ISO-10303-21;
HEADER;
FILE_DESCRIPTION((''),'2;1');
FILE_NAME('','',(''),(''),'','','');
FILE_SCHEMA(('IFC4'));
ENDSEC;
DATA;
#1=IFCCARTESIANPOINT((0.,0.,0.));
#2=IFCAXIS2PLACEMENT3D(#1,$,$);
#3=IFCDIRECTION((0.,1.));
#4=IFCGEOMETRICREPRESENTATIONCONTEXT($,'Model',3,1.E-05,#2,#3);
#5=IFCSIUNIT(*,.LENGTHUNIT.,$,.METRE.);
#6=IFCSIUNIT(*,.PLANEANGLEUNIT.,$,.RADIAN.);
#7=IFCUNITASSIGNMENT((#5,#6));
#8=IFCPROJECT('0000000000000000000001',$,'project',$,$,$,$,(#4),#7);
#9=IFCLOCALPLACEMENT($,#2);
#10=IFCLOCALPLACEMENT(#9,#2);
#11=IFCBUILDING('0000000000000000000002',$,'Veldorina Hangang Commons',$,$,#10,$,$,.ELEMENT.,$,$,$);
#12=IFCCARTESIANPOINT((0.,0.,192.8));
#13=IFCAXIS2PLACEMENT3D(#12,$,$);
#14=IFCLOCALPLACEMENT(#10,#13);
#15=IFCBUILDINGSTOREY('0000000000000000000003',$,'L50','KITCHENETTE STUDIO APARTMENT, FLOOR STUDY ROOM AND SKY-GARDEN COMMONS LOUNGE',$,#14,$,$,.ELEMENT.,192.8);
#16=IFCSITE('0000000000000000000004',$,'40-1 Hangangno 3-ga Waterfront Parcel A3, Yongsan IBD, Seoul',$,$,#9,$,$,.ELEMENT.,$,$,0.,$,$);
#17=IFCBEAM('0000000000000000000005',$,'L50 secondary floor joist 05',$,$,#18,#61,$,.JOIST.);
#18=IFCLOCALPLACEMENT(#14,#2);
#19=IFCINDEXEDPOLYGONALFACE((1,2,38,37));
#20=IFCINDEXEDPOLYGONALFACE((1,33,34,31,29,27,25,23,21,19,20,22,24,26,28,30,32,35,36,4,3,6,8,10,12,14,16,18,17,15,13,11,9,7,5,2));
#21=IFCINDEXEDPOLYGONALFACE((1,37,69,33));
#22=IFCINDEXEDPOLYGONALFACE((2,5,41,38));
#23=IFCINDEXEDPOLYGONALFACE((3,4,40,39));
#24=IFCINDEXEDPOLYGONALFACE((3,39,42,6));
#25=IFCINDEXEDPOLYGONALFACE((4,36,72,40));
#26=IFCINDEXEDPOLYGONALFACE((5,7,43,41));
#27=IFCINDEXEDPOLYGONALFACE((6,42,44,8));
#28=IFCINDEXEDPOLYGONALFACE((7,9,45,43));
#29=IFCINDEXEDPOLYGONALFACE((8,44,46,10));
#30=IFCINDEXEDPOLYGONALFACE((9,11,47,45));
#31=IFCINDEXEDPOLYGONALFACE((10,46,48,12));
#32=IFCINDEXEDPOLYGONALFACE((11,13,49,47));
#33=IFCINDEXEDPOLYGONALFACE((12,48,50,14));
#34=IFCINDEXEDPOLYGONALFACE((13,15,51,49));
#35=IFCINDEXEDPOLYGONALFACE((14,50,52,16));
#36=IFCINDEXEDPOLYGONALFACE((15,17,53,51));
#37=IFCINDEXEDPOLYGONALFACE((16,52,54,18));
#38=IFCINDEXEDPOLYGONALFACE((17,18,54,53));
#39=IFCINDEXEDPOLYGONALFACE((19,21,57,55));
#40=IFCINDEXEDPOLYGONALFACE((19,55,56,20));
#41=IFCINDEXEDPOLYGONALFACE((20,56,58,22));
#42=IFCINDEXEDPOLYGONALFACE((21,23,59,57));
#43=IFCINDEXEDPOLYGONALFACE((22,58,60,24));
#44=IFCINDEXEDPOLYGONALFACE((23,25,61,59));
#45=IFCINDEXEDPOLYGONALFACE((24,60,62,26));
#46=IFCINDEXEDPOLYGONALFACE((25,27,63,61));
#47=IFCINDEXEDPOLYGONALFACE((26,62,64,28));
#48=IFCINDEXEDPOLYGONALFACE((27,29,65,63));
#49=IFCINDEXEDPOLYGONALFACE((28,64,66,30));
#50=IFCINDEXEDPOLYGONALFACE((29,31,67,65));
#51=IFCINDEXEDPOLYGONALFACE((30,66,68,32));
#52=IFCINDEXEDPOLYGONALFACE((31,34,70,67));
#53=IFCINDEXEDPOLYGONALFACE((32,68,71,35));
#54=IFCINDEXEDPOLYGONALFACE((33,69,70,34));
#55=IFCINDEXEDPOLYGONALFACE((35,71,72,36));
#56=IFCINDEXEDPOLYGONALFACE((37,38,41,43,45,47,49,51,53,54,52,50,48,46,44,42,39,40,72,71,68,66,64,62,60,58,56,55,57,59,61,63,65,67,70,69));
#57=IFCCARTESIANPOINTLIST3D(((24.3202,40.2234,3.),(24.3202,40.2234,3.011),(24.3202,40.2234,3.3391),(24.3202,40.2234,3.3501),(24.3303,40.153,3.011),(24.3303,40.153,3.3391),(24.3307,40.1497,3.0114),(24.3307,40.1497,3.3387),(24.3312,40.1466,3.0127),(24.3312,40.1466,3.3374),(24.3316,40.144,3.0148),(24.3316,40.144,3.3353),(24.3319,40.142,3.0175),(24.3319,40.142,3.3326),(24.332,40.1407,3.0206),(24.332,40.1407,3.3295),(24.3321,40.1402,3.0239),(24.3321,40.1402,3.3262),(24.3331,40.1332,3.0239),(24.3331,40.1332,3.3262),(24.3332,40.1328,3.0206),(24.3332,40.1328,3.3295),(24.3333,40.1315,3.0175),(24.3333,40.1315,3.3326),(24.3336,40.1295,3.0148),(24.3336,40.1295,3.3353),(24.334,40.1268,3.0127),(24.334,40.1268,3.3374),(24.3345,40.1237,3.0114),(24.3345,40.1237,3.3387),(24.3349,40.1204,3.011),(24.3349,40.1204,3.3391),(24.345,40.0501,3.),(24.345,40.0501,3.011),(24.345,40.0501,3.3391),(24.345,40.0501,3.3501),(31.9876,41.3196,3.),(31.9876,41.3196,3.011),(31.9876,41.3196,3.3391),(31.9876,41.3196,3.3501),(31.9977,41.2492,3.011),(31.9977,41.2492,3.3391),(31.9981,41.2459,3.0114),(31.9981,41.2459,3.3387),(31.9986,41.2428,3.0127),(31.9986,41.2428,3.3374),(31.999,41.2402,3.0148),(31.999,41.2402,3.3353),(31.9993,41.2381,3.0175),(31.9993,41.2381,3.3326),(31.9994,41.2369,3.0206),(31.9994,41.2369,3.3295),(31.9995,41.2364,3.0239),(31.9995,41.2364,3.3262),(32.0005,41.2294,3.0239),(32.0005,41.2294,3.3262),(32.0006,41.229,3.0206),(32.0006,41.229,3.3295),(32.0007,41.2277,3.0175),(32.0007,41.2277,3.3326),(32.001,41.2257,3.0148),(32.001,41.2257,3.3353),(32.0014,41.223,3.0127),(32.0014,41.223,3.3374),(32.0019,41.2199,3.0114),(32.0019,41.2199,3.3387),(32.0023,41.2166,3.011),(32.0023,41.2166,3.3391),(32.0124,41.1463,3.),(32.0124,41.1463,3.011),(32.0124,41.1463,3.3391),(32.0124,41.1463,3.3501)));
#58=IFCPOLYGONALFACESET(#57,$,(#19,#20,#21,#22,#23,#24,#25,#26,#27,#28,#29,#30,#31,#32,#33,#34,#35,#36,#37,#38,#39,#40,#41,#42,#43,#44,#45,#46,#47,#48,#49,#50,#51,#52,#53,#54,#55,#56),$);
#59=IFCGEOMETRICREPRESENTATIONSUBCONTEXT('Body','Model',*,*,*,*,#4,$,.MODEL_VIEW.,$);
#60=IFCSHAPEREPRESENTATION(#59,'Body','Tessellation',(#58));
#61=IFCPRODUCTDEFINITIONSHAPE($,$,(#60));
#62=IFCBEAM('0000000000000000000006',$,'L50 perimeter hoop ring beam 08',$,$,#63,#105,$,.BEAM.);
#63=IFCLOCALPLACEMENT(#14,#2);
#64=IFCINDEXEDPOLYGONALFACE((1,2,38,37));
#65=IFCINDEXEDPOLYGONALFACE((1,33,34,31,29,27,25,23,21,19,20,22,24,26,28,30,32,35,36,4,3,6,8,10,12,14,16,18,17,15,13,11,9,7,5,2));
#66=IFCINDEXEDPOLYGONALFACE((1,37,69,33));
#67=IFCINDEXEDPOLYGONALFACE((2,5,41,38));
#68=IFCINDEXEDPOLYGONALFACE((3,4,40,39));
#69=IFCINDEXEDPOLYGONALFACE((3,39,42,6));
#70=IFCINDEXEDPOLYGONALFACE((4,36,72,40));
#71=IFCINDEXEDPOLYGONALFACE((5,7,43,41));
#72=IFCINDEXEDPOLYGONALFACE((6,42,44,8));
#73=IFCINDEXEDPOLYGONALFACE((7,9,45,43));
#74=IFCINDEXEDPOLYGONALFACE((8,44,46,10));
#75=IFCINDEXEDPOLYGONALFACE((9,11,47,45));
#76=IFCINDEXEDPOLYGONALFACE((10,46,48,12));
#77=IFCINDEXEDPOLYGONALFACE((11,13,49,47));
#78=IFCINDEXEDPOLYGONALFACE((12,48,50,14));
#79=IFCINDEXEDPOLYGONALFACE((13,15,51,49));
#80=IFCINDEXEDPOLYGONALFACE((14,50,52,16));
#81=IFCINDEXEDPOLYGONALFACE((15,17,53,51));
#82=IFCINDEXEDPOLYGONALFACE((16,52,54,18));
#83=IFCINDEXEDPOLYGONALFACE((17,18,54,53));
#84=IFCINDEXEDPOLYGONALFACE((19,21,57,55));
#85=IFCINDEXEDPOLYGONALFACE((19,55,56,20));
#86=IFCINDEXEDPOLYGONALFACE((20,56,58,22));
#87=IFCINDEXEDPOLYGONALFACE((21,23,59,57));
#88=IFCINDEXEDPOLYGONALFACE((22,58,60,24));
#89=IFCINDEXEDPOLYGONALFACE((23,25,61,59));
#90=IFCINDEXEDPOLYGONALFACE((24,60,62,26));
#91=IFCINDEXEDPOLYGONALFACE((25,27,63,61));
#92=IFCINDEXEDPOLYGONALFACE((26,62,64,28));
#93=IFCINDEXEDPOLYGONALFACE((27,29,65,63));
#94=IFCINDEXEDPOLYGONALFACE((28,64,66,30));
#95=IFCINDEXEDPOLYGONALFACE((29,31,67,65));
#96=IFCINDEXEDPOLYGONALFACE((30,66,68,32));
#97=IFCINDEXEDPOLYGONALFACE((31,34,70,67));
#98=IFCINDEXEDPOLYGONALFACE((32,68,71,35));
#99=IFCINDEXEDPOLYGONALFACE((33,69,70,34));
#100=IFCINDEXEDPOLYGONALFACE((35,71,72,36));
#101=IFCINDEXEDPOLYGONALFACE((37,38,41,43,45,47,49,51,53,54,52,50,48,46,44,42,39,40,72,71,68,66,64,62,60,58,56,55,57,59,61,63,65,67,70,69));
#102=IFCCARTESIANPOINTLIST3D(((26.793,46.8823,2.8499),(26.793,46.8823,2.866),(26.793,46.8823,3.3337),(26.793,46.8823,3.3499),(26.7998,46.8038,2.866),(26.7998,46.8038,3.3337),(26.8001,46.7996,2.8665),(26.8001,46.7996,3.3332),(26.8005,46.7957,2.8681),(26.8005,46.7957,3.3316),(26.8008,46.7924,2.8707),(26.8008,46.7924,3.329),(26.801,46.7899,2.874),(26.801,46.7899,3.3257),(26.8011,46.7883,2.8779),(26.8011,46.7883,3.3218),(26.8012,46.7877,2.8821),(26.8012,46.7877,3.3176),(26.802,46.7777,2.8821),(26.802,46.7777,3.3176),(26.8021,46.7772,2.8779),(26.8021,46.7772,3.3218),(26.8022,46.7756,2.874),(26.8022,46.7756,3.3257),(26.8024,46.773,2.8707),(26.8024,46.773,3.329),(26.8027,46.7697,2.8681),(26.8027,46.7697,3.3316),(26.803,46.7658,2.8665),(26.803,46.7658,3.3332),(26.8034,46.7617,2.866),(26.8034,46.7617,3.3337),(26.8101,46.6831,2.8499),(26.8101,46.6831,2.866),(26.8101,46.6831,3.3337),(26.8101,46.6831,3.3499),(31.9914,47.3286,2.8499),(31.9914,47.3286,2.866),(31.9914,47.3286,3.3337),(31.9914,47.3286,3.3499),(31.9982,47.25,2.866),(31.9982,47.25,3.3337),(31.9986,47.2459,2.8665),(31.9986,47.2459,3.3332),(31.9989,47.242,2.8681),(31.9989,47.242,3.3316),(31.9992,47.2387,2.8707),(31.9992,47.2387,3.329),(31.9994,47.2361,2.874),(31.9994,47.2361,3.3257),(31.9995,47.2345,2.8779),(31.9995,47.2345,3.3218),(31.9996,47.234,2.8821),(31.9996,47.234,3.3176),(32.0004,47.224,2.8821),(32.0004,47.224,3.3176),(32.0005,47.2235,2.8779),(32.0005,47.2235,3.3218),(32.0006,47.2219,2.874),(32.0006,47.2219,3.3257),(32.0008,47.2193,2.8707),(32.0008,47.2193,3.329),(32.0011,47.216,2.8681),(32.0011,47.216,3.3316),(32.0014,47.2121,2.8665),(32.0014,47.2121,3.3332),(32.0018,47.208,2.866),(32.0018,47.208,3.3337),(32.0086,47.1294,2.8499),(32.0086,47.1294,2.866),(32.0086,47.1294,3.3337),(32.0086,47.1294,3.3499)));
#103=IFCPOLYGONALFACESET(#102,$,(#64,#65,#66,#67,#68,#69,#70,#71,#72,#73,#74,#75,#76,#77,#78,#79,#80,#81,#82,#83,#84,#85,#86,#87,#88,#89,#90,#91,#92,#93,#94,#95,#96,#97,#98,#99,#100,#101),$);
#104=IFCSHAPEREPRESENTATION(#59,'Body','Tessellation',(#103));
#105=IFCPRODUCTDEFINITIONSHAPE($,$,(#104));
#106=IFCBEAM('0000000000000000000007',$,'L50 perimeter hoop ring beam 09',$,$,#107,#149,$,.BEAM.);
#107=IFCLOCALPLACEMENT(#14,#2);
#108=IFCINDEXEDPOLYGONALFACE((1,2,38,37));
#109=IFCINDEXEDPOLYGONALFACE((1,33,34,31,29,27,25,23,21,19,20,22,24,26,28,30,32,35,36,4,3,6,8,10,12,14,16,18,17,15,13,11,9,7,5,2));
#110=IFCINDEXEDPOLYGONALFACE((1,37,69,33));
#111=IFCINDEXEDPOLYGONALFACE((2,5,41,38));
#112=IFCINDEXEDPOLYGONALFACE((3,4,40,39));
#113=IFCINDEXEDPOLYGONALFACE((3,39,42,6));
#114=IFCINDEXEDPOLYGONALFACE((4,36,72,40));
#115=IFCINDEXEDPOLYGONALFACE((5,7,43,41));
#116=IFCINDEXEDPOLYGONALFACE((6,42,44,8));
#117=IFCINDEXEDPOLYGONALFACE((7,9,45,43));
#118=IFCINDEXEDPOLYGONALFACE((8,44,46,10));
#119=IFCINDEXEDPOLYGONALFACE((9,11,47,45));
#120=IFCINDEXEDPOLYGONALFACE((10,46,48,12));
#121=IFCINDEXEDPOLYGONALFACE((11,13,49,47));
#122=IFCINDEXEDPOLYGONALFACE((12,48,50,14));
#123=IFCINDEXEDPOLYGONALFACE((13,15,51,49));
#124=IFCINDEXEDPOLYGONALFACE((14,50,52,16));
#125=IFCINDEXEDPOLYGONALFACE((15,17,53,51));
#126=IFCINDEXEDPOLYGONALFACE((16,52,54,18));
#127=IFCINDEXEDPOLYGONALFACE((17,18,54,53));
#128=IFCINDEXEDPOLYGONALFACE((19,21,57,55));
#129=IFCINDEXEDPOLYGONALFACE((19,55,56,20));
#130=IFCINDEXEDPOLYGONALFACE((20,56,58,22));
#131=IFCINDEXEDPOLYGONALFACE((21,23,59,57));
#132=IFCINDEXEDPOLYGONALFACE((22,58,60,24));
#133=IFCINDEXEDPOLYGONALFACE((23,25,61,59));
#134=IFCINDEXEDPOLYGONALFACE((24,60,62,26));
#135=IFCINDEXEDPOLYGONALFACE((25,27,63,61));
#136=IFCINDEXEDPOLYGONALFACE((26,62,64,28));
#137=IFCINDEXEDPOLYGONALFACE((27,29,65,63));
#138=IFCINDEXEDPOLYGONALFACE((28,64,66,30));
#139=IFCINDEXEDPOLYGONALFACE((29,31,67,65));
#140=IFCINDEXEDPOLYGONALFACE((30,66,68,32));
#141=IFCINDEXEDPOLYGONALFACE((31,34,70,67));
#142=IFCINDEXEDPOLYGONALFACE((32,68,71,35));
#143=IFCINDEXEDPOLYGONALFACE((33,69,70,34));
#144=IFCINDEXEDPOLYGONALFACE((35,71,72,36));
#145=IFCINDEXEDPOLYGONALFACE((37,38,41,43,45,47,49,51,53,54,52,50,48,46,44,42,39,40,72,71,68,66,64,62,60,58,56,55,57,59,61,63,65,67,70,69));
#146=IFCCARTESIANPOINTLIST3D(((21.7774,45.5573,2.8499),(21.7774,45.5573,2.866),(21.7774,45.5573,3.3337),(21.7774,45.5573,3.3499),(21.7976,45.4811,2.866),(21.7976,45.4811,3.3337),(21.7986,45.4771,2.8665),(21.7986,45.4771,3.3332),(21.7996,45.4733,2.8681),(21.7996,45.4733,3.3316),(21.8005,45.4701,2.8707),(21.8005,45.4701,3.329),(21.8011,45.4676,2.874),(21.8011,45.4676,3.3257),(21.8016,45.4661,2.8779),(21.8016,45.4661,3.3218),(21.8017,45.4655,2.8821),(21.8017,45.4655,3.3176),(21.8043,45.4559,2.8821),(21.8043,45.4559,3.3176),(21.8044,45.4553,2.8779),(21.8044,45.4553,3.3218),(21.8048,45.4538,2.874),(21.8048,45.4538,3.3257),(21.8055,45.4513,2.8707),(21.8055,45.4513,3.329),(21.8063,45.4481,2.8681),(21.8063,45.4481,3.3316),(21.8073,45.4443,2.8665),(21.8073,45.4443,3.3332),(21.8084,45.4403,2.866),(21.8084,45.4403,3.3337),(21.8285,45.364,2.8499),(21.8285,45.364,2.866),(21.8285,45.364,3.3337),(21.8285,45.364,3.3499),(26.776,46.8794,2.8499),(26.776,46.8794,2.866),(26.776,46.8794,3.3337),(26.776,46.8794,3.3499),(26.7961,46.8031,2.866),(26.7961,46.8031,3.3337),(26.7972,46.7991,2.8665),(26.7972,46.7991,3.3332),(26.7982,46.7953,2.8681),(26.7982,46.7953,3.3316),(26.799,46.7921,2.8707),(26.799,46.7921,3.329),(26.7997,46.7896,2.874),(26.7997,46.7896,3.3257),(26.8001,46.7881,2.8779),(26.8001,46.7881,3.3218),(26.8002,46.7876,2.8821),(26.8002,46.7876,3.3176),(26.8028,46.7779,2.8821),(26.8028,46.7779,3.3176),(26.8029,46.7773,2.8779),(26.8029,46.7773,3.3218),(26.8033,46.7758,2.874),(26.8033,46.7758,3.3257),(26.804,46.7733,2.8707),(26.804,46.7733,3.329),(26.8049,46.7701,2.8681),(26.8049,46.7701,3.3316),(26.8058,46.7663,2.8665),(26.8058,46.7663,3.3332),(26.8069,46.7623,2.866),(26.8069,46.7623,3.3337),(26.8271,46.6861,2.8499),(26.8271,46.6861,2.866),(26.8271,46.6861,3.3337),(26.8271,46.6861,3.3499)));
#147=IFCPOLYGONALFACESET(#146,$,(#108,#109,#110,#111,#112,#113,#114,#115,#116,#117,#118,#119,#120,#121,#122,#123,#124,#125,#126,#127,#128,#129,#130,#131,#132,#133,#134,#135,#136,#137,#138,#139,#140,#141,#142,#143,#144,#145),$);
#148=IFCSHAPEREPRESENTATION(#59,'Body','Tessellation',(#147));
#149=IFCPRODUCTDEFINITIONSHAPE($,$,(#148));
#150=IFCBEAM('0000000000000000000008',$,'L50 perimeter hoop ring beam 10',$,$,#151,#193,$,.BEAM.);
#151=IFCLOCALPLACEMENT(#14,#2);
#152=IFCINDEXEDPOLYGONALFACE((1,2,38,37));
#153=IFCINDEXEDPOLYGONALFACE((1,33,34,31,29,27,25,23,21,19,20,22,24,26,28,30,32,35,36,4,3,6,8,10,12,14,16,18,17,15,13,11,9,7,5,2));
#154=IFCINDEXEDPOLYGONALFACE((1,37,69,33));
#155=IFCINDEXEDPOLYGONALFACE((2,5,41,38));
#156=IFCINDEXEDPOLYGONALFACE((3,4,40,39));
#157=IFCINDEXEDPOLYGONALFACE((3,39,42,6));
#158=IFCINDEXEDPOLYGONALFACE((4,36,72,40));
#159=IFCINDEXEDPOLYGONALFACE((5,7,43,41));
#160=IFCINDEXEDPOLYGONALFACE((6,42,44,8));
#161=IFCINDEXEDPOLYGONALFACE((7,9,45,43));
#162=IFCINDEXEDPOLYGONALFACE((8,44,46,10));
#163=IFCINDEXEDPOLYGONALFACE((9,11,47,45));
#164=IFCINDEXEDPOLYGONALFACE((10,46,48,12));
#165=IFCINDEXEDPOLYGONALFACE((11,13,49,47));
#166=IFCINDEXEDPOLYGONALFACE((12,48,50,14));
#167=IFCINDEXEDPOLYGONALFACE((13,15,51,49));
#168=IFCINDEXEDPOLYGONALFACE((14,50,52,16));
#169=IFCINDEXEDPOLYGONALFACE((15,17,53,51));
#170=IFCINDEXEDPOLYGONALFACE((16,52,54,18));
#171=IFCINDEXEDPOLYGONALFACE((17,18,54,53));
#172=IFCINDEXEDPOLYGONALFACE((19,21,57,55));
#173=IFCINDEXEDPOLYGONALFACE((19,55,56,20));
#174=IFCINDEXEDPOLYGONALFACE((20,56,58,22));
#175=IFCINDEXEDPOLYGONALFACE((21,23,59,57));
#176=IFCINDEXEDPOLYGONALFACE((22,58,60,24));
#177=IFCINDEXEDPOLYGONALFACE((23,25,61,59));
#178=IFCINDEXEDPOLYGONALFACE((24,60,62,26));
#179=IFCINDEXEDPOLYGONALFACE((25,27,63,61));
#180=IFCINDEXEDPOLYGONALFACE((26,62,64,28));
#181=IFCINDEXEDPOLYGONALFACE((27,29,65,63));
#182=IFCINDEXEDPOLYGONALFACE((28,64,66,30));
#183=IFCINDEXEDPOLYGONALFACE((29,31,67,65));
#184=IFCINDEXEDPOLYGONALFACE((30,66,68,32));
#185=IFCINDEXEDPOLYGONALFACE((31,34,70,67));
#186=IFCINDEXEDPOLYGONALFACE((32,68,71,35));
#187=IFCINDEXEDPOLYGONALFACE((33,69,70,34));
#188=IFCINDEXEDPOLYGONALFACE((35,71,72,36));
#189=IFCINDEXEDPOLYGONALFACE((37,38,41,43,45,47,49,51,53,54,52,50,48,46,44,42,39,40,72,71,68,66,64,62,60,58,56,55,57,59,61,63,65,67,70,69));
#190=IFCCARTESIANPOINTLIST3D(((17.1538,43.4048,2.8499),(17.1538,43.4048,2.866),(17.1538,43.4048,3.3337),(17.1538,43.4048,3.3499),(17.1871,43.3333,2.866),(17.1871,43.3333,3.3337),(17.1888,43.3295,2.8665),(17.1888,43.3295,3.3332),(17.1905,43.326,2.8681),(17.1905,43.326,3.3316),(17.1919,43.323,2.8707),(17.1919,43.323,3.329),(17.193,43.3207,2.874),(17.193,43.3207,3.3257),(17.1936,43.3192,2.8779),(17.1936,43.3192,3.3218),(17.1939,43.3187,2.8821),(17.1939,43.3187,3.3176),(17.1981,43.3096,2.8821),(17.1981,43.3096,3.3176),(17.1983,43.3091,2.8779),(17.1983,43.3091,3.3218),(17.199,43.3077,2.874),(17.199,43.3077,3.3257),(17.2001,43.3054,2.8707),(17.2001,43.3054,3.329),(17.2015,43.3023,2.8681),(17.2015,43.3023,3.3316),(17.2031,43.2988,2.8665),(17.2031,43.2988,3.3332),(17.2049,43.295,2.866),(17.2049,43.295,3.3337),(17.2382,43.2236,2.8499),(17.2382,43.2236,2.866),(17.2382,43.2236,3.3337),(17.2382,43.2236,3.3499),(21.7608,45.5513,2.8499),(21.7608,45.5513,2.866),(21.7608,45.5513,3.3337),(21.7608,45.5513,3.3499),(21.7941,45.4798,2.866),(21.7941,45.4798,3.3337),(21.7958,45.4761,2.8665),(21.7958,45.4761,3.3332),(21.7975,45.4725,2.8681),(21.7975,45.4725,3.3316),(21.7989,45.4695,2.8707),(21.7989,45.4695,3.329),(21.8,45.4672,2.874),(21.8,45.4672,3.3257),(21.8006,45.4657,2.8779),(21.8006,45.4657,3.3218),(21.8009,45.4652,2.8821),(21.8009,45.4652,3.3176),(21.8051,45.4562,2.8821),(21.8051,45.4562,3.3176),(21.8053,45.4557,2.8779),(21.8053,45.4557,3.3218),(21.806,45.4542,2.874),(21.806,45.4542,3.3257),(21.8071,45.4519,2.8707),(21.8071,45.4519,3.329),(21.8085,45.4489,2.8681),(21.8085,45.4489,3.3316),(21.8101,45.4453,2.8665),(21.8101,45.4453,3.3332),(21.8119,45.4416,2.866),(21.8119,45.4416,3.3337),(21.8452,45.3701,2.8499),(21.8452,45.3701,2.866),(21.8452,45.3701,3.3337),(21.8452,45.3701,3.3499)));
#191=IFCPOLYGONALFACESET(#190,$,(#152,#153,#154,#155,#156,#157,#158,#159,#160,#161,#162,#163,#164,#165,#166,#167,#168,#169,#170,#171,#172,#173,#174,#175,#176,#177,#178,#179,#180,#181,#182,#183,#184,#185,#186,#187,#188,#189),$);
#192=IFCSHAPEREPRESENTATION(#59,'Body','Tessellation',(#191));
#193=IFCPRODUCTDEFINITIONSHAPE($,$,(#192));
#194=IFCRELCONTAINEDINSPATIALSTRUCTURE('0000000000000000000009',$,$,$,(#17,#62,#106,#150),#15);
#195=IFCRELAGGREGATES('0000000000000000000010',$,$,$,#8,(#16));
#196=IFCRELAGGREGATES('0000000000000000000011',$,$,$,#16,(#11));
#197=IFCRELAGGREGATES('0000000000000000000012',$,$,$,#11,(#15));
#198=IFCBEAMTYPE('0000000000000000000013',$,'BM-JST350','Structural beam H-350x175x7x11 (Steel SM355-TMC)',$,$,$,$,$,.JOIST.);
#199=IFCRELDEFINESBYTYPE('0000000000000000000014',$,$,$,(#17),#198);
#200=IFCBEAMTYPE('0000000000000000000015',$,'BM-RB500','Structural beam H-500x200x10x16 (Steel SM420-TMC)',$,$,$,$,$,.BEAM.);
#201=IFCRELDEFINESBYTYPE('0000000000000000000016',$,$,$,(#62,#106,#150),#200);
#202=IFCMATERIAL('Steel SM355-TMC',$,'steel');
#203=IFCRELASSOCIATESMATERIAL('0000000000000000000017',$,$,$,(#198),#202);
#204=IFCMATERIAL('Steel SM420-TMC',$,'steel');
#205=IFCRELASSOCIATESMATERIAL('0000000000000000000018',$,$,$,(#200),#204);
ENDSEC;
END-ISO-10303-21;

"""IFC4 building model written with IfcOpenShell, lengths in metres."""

from ifc_helpers import new_model, si_unit, direction, frame, origin, origin_2d, place, context, subcontext, project, spatial, i_section, extrude, material, material_profile, profile_set, type_object, element, save


model = new_model("IFC4")

# Units and contexts
model_context = context("Model", 3, precision=1e-05, world=origin(), true_north=direction((0.0, 1.0)))
body_context = subcontext(model_context, "Body", "Model", "MODEL_VIEW")
ifc_project = project(units=[si_unit("LENGTHUNIT", "METRE"), si_unit("PLANEANGLEUNIT", "RADIAN")], contexts=[model_context])

# Site, building, storey
site_placement = place(None, origin())
site = spatial("IfcSite", under=ifc_project, at=site_placement, Name="40-1 Hangangno 3-ga Waterfront Parcel A3, Yongsan IBD, Seoul", CompositionType="ELEMENT", RefElevation=0.0)
building_placement = place(site_placement, origin())
building = spatial("IfcBuilding", under=site, at=building_placement, Name="Veldorina Hangang Commons", CompositionType="ELEMENT")
storey_placement = place(building_placement, frame((0.0, 0.0, 192.8)))
storey = spatial("IfcBuildingStorey", under=building, at=storey_placement, Name="L50", Description="KITCHENETTE STUDIO APARTMENT, FLOOR STUDY ROOM AND SKY-GARDEN COMMONS LOUNGE", CompositionType="ELEMENT", Elevation=192.8)

# Beams
ifc_material_1 = material(Name="Steel SM355-TMC", Category="steel")
ifc_material_profile_1 = material_profile(ifc_material_1, i_section(OverallWidth=0.175, OverallDepth=0.3501, WebThickness=0.0071, FlangeThickness=0.011, FilletRadius=0.0129, at=origin_2d()), Name="H-350x175x7x11")
ifc_profile_set_1 = profile_set([ifc_material_profile_1], Name="Steel SM355-TMC")
beam_type_1 = type_object("IfcBeamType", Name="BM-JST350", Description="Structural beam H-350x175x7x11 (Steel SM355-TMC)", PredefinedType="JOIST", material=ifc_profile_set_1)
beam_1_placement = place(storey_placement, frame((32.0, 41.2329, 3.175), z_axis=(-0.989934, -0.141527, 0.0), x_axis=(0.141527, -0.989934, 0.0)))
element("IfcBeam", 1, at=beam_1_placement, inside=storey, type_object=beam_type_1, Name="L50 secondary floor joist 05", PredefinedType="JOIST", context=body_context, shape_type="SweptSolid", body=[
    extrude(i_section(OverallWidth=0.175, OverallDepth=0.3501, WebThickness=0.0071, FlangeThickness=0.011, FilletRadius=0.0129, at=origin_2d()), origin(), (0.0, 0.0, 1.0), 7.7454),
])
ifc_material_2 = material(Name="Steel SM420-TMC", Category="steel")
ifc_material_profile_2 = material_profile(ifc_material_2, i_section(OverallWidth=0.2, OverallDepth=0.5, WebThickness=0.01, FlangeThickness=0.0161, FilletRadius=0.0161, at=origin_2d()), Name="H-500x200x10x16")
ifc_profile_set_2 = profile_set([ifc_material_profile_2], Name="Steel SM420-TMC")
beam_type_2 = type_object("IfcBeamType", Name="BM-RB500", Description="Structural beam H-500x200x10x16 (Steel SM420-TMC)", PredefinedType="BEAM", material=ifc_profile_set_2)
beam_2_placement = place(storey_placement, frame((32.0, 47.229, 3.0999), z_axis=(-0.996335, -0.085535, 0.0), x_axis=(0.085535, -0.996335, 0.0)))
element("IfcBeam", 2, at=beam_2_placement, inside=storey, type_object=beam_type_2, Name="L50 perimeter hoop ring beam 08", PredefinedType="BEAM", context=body_context, shape_type="SweptSolid", body=[
    extrude(i_section(OverallWidth=0.2, OverallDepth=0.5, WebThickness=0.01, FlangeThickness=0.0161, FilletRadius=0.0161, at=origin_2d()), origin(), (0.0, 0.0, 1.0), 5.2175),
])
beam_3_placement = place(storey_placement, frame((26.8015, 46.7827, 3.0999), z_axis=(-0.966759, -0.25569, 0.0), x_axis=(0.25569, -0.966759, 0.0)))
element("IfcBeam", 3, at=beam_3_placement, inside=storey, type_object=beam_type_2, Name="L50 perimeter hoop ring beam 09", PredefinedType="BEAM", context=body_context, shape_type="SweptSolid", body=[
    extrude(i_section(OverallWidth=0.2, OverallDepth=0.5, WebThickness=0.01, FlangeThickness=0.0161, FilletRadius=0.0161, at=origin_2d()), origin(), (0.0, 0.0, 1.0), 5.1704),
])
beam_4_placement = place(storey_placement, frame((21.803, 45.4607, 3.0999), z_axis=(-0.906441, -0.422333, 0.0), x_axis=(0.422333, -0.906441, 0.0)))
element("IfcBeam", 4, at=beam_4_placement, inside=storey, type_object=beam_type_2, Name="L50 perimeter hoop ring beam 10", PredefinedType="BEAM", context=body_context, shape_type="SweptSolid", body=[
    extrude(i_section(OverallWidth=0.2, OverallDepth=0.5, WebThickness=0.01, FlangeThickness=0.0161, FilletRadius=0.0161, at=origin_2d()), origin(), (0.0, 0.0, 1.0), 5.0825),
])

save(model, "model.ifc")
